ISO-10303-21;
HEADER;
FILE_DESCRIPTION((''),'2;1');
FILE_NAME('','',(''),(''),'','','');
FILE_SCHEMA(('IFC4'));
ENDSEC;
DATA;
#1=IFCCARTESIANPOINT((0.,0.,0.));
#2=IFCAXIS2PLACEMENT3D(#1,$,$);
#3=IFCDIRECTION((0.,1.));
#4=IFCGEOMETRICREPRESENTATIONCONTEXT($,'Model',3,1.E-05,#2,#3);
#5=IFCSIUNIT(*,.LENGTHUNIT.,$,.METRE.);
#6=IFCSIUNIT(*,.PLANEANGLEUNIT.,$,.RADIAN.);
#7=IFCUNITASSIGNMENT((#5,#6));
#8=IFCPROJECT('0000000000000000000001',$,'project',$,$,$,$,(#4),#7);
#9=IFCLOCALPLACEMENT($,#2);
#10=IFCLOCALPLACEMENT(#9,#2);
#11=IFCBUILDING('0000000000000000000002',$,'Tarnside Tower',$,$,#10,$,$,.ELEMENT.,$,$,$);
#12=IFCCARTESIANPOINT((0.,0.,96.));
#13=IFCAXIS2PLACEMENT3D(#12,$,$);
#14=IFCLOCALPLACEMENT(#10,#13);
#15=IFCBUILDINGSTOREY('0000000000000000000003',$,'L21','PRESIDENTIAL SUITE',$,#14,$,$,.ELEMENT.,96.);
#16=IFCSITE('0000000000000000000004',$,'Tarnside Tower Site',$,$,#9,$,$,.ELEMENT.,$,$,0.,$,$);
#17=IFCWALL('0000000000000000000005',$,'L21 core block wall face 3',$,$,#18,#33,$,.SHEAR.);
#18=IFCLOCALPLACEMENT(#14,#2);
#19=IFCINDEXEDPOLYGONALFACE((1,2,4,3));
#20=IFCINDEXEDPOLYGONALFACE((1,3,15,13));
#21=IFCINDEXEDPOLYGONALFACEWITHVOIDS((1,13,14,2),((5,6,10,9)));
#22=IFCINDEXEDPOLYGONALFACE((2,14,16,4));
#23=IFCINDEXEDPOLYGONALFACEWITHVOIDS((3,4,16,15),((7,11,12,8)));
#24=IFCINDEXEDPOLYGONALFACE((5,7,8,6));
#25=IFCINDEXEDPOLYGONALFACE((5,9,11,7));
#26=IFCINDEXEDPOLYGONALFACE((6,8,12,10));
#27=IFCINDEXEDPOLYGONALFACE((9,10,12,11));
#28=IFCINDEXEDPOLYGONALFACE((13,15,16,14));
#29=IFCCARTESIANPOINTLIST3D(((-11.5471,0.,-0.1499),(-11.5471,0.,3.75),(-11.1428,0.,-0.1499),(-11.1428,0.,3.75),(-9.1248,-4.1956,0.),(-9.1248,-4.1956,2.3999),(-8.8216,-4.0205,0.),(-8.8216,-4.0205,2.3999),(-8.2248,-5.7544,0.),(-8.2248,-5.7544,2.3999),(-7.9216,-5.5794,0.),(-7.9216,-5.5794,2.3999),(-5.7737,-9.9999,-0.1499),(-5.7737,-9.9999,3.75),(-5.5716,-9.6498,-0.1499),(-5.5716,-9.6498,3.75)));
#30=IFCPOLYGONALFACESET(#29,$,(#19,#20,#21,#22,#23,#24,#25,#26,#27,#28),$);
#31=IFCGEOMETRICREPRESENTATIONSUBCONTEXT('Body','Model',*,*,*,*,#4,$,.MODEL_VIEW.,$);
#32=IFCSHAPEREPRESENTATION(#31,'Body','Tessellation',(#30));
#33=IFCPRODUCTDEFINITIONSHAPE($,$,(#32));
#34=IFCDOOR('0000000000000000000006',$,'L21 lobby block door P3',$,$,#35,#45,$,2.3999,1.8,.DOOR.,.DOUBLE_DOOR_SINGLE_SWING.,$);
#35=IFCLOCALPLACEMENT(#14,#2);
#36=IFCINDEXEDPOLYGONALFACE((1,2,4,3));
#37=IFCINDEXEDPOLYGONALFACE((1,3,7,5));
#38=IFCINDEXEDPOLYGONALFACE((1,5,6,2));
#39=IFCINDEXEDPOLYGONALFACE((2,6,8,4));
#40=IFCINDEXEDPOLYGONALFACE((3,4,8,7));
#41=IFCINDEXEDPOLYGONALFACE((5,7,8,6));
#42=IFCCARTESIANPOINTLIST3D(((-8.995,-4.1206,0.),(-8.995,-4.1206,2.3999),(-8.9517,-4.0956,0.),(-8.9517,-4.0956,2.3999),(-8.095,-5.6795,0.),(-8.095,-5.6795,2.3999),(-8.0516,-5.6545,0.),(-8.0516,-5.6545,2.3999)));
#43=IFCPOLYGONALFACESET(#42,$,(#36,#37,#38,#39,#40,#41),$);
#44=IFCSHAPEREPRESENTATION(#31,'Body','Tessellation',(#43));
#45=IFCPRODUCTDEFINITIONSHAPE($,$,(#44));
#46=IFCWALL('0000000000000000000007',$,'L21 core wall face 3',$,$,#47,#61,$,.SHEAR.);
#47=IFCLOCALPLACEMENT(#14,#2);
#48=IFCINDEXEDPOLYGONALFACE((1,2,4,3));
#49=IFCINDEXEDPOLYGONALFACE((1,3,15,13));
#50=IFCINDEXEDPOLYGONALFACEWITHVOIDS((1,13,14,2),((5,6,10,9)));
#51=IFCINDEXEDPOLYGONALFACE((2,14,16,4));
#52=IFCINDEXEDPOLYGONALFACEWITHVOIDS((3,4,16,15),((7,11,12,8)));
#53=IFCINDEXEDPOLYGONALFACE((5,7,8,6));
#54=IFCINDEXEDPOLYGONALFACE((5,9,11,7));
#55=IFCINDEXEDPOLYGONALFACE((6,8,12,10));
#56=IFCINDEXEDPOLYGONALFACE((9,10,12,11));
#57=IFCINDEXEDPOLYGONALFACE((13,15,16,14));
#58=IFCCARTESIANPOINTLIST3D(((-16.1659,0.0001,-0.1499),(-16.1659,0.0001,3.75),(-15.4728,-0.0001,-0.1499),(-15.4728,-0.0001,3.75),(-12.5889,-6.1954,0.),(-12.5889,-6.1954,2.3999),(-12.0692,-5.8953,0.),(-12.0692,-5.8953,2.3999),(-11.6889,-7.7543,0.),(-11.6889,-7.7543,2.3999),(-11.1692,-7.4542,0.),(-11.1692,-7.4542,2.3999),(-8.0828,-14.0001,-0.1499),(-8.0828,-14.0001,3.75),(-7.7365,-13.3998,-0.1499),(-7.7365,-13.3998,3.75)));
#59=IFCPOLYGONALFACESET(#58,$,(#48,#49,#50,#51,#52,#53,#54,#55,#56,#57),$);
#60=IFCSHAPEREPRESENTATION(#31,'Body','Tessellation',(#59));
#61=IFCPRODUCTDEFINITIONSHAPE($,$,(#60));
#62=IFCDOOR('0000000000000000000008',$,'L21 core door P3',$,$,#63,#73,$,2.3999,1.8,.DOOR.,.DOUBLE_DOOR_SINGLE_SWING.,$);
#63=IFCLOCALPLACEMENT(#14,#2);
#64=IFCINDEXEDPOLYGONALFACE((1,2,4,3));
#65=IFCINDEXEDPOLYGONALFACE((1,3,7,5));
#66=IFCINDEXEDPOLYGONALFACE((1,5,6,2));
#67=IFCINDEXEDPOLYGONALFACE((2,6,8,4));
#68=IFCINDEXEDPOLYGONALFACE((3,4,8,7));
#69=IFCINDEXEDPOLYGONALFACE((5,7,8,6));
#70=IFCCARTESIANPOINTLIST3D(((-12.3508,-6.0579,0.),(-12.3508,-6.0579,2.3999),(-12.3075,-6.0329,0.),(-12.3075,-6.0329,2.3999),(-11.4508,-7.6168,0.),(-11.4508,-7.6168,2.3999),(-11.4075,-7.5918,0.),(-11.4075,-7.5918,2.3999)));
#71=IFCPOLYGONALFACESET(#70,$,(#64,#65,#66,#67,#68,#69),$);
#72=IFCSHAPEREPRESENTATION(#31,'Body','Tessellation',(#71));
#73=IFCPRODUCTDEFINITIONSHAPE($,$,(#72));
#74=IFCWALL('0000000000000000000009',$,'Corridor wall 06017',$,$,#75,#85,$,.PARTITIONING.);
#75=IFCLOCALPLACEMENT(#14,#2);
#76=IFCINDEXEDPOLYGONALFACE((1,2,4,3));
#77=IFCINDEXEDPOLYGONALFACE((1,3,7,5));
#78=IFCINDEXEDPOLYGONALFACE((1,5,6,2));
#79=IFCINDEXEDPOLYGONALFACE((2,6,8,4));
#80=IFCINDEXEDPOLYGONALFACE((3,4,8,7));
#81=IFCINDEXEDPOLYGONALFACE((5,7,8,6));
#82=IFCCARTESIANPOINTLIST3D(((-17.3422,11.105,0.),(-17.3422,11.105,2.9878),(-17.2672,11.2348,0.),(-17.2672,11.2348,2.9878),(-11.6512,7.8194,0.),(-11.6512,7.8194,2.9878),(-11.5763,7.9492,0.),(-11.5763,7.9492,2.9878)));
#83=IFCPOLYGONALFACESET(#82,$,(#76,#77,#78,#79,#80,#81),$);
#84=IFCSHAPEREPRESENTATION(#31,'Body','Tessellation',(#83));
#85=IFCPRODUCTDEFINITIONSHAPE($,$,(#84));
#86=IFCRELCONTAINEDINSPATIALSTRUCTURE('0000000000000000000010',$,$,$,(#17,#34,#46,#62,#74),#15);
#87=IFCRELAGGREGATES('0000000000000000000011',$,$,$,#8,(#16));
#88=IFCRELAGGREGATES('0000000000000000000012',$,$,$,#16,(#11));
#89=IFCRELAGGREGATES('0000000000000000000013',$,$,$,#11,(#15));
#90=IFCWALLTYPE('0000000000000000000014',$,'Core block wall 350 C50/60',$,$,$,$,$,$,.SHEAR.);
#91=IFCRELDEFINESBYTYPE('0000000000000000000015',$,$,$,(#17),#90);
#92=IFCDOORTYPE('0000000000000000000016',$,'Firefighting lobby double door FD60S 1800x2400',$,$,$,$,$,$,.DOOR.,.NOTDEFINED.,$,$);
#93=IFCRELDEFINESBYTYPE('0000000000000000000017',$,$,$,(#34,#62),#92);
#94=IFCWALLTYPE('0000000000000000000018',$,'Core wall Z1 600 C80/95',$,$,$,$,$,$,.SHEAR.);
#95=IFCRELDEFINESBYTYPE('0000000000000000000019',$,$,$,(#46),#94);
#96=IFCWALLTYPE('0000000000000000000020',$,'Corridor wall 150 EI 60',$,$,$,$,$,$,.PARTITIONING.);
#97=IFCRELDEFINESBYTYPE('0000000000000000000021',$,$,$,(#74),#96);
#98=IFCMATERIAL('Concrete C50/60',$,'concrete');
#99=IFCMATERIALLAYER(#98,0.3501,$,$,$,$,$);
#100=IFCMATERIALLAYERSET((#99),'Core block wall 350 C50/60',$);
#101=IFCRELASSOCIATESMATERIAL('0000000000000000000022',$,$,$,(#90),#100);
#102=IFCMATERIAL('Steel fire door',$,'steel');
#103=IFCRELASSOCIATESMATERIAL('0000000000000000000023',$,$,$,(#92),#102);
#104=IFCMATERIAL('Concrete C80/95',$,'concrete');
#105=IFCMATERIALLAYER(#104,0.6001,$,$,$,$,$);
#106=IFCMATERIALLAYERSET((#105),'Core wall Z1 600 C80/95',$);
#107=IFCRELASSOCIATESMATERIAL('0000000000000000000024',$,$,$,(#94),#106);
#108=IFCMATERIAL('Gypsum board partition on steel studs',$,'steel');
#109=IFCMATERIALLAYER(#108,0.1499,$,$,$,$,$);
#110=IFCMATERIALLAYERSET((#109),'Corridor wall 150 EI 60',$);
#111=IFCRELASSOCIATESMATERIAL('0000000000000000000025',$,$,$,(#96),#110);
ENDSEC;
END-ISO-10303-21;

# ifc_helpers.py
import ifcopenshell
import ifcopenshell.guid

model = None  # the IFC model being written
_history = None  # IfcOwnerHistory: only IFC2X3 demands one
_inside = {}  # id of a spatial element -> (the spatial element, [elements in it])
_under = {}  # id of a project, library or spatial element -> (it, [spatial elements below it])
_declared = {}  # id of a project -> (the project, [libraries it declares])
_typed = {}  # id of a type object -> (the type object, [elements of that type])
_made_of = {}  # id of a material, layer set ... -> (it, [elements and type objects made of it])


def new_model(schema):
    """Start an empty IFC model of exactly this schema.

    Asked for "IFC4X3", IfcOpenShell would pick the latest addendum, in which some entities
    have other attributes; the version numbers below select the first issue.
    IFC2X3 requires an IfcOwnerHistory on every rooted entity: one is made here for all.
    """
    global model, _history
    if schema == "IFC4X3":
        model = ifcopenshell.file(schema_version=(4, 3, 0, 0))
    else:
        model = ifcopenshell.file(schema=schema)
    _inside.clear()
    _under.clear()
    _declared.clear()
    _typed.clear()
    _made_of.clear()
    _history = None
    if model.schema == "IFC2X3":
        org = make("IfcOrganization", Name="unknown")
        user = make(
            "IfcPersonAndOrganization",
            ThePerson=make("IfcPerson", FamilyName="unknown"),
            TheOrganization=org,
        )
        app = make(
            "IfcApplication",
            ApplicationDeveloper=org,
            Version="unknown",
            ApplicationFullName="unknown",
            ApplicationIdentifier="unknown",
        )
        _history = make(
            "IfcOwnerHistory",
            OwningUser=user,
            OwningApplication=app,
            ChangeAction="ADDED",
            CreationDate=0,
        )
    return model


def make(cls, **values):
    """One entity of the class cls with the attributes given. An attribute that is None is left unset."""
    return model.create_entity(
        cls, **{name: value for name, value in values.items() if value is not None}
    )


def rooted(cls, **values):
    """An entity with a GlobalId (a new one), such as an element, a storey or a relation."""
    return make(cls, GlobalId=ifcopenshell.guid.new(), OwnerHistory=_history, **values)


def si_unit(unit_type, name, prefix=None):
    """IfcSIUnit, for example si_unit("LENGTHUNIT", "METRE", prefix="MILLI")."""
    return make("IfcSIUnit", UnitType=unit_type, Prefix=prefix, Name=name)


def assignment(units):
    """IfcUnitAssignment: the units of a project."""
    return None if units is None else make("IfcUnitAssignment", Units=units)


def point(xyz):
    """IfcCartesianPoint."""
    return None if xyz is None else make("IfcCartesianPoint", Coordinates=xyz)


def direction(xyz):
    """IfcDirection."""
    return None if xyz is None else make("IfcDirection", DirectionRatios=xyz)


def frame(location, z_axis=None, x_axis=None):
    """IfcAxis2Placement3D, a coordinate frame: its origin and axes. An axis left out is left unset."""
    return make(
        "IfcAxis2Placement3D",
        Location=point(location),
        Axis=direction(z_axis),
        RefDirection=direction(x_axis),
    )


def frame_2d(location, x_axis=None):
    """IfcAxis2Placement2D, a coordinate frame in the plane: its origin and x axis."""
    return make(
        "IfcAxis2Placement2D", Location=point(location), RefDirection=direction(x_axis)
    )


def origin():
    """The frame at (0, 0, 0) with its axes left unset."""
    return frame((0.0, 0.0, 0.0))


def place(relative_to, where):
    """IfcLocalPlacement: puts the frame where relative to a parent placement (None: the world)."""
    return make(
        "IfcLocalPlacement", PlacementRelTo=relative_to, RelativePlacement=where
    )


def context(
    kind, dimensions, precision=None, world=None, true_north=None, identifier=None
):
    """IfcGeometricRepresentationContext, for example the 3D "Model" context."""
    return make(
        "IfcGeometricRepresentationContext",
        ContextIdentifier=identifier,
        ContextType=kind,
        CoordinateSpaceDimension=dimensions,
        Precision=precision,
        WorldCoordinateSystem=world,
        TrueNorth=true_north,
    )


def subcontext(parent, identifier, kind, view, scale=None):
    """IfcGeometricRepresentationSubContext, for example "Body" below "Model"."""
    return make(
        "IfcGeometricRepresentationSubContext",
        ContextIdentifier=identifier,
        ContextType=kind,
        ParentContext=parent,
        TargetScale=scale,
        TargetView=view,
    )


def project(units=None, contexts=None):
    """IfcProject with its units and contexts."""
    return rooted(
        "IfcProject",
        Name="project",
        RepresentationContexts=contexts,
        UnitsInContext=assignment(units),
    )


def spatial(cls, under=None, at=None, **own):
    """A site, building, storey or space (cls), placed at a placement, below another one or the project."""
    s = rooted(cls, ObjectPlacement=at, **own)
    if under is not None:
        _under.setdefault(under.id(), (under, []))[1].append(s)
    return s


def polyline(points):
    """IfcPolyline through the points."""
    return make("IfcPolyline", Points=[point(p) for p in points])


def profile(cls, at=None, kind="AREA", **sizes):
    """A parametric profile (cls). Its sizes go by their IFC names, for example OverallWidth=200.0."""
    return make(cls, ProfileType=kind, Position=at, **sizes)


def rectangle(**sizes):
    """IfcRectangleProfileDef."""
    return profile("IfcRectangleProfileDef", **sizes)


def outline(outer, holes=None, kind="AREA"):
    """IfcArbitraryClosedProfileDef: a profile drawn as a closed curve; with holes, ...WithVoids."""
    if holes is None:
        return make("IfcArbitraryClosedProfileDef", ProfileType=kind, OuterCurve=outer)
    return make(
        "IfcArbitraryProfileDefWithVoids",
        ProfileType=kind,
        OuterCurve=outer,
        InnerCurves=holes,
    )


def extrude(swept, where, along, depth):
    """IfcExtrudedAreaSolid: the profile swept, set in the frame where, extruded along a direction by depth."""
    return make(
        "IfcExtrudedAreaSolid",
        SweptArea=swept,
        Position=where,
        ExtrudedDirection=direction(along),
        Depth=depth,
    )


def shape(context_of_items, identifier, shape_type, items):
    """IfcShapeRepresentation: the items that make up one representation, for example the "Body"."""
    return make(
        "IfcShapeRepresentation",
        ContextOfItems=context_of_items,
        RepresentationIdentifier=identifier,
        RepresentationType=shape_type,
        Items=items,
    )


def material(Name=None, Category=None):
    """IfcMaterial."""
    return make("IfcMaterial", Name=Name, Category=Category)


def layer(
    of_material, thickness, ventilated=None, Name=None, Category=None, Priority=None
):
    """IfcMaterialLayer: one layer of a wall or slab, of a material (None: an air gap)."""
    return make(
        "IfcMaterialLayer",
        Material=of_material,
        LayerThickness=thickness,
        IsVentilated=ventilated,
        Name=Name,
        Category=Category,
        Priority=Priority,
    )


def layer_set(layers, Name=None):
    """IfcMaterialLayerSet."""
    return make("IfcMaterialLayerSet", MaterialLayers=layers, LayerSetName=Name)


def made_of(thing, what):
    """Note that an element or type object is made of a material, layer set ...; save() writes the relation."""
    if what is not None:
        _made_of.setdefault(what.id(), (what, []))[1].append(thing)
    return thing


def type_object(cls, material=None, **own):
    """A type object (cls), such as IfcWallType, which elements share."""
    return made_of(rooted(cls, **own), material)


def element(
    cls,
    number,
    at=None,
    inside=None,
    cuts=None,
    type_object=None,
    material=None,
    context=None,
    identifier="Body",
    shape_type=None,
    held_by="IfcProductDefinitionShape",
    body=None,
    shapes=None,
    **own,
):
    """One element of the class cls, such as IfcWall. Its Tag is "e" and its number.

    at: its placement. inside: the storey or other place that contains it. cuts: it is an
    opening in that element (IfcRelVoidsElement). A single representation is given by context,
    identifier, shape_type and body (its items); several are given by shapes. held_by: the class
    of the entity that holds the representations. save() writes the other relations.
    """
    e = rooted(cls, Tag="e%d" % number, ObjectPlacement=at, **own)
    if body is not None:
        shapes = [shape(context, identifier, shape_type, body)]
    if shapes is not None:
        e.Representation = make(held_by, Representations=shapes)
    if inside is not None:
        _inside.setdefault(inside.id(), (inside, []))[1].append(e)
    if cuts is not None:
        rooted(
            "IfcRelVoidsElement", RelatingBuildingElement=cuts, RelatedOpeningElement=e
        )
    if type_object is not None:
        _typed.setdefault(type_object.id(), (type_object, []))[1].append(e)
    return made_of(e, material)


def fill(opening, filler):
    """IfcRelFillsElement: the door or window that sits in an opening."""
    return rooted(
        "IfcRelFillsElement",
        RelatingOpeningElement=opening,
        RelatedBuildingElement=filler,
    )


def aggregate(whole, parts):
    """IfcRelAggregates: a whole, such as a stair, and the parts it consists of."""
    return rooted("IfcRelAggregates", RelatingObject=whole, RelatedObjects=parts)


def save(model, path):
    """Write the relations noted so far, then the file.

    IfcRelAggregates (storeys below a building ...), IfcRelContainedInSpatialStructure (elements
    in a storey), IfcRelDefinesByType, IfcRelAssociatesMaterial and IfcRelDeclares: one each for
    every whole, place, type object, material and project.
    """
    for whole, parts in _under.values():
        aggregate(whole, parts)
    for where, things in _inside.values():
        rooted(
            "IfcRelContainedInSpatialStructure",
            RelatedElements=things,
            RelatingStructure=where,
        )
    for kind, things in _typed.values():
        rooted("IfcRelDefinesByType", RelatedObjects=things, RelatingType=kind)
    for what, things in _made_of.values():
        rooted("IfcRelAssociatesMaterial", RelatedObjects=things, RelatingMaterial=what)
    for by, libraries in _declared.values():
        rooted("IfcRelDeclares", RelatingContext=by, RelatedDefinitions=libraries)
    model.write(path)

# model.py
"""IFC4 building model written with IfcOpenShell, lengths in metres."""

from ifc_helpers import new_model, si_unit, direction, frame, frame_2d, origin, place, context, subcontext, project, spatial, polyline, rectangle, outline, extrude, material, layer, layer_set, type_object, element, fill, save


model = new_model("IFC4")

# Units and contexts
model_context = context("Model", 3, precision=1e-05, world=origin(), true_north=direction((0.0, 1.0)))
body_context = subcontext(model_context, "Body", "Model", "MODEL_VIEW")
ifc_project = project(units=[si_unit("LENGTHUNIT", "METRE"), si_unit("PLANEANGLEUNIT", "RADIAN")], contexts=[model_context])

# Site, building, storey
site_placement = place(None, origin())
site = spatial("IfcSite", under=ifc_project, at=site_placement, Name="Tarnside Tower Site", CompositionType="ELEMENT", RefElevation=0.0)
building_placement = place(site_placement, origin())
building = spatial("IfcBuilding", under=site, at=building_placement, Name="Tarnside Tower", CompositionType="ELEMENT")
storey_placement = place(building_placement, frame((0.0, 0.0, 96.0)))
storey = spatial("IfcBuildingStorey", under=building, at=storey_placement, Name="L21", Description="PRESIDENTIAL SUITE", CompositionType="ELEMENT", Elevation=96.0)

# Walls, openings, doors
ifc_material_1 = material(Name="Concrete C50/60", Category="concrete")
ifc_layer_1 = layer(ifc_material_1, 0.3501)
ifc_layer_set_1 = layer_set([ifc_layer_1], Name="Core block wall 350 C50/60")
wall_type_1 = type_object("IfcWallType", Name="Core block wall 350 C50/60", PredefinedType="SHEAR", material=ifc_layer_set_1)
wall_1_placement = place(storey_placement, frame((-11.345, 0.0, -0.1499), z_axis=(0.0, 0.0, 1.0), x_axis=(0.499995, -0.866028, 0.0)))
wall_1 = element("IfcWall", 1, at=wall_1_placement, inside=storey, type_object=wall_type_1, Name="L21 core block wall face 3", PredefinedType="SHEAR", context=body_context, shape_type="SweptSolid", body=[
    extrude(outline(polyline([(-0.1011, -0.175), (11.4458, -0.175), (11.2437, 0.175), (0.1011, 0.175), (-0.1011, -0.175)])), origin(), (0.0, 0.0, 1.0), 3.8999),
])
opening_1_placement = place(wall_1_placement, frame((4.7437, 0.0, 0.1499)))
opening_1 = element("IfcOpeningElement", 2, at=opening_1_placement, cuts=wall_1, PredefinedType="OPENING", context=body_context, shape_type="SweptSolid", body=[
    extrude(rectangle(XDim=1.8, YDim=2.3999, at=frame_2d((0.8999, 1.2))), frame((0.0, 0.1851, 0.0), z_axis=(0.0, -1.0, 0.0), x_axis=(1.0, 0.0, 0.0)), (0.0, 0.0, 1.0), 0.3701),
])
ifc_material_2 = material(Name="Steel fire door", Category="steel")
door_type_1 = type_object("IfcDoorType", Name="Firefighting lobby double door FD60S 1800x2400", OperationType="NOTDEFINED", PredefinedType="DOOR", material=ifc_material_2)
door_1_placement = place(opening_1_placement, origin())
door_1 = element("IfcDoor", 3, at=door_1_placement, inside=storey, type_object=door_type_1, Name="L21 lobby block door P3", OperationType="DOUBLE_DOOR_SINGLE_SWING", OverallHeight=2.3999, OverallWidth=1.8, PredefinedType="DOOR", context=body_context, shape_type="SweptSolid", body=[
    extrude(rectangle(XDim=1.8, YDim=2.3999, at=frame_2d((0.8999, 1.2))), frame((0.0, 0.0249, 0.0), z_axis=(0.0, -1.0, 0.0), x_axis=(1.0, 0.0, 0.0)), (0.0, 0.0, 1.0), 0.05),
])
fill(opening_1, door_1)
ifc_material_3 = material(Name="Concrete C80/95", Category="concrete")
ifc_layer_2 = layer(ifc_material_3, 0.6001)
ifc_layer_set_2 = layer_set([ifc_layer_2], Name="Core wall Z1 600 C80/95")
wall_type_2 = type_object("IfcWallType", Name="Core wall Z1 600 C80/95", PredefinedType="SHEAR", material=ifc_layer_set_2)
wall_2_placement = place(storey_placement, frame((-15.8193, 0.0, -0.1499), z_axis=(0.0, 0.0, 1.0), x_axis=(0.5, -0.866025, 0.0)))
wall_2 = element("IfcWall", 4, at=wall_2_placement, inside=storey, type_object=wall_type_2, Name="L21 core wall face 3", PredefinedType="SHEAR", context=body_context, shape_type="SweptSolid", body=[
    extrude(outline(polyline([(-0.1733, -0.3), (15.9927, -0.3), (15.646, 0.3), (0.1733, 0.3), (-0.1733, -0.3)])), origin(), (0.0, 0.0, 1.0), 3.8999),
])
opening_2_placement = place(wall_2_placement, frame((6.9807, 0.0, 0.1499)))
opening_2 = element("IfcOpeningElement", 5, at=opening_2_placement, cuts=wall_2, PredefinedType="OPENING", context=body_context, shape_type="SweptSolid", body=[
    extrude(rectangle(XDim=1.8, YDim=2.3999, at=frame_2d((0.8999, 1.2))), frame((0.0, 0.3101, 0.0), z_axis=(0.0, -1.0, 0.0), x_axis=(1.0, 0.0, 0.0)), (0.0, 0.0, 1.0), 0.6201),
])
door_2_placement = place(opening_2_placement, origin())
door_2 = element("IfcDoor", 6, at=door_2_placement, inside=storey, type_object=door_type_1, Name="L21 core door P3", OperationType="DOUBLE_DOOR_SINGLE_SWING", OverallHeight=2.3999, OverallWidth=1.8, PredefinedType="DOOR", context=body_context, shape_type="SweptSolid", body=[
    extrude(rectangle(XDim=1.8, YDim=2.3999, at=frame_2d((0.8999, 1.2))), frame((0.0, 0.0249, 0.0), z_axis=(0.0, -1.0, 0.0), x_axis=(1.0, 0.0, 0.0)), (0.0, 0.0, 1.0), 0.05),
])
fill(opening_2, door_2)

# Wall
ifc_material_4 = material(Name="Gypsum board partition on steel studs", Category="steel")
ifc_layer_3 = layer(ifc_material_4, 0.1499)
ifc_layer_set_3 = layer_set([ifc_layer_3], Name="Corridor wall 150 EI 60")
wall_type_3 = type_object("IfcWallType", Name="Corridor wall 150 EI 60", PredefinedType="PARTITIONING", material=ifc_layer_set_3)
wall_3_placement = place(storey_placement, frame((-11.6138, 7.8843, 0.0), z_axis=(0.0, 0.0, 1.0), x_axis=(-0.866026, 0.499999, 0.0)))
element("IfcWall", 7, at=wall_3_placement, inside=storey, type_object=wall_type_3, Name="Corridor wall 06017", PredefinedType="PARTITIONING", context=body_context, shape_type="SweptSolid", body=[
    extrude(rectangle(XDim=6.5713, YDim=0.1499, at=frame_2d((3.2856, 0.0))), origin(), (0.0, 0.0, 1.0), 2.9878),
])

save(model, "model.ifc")
